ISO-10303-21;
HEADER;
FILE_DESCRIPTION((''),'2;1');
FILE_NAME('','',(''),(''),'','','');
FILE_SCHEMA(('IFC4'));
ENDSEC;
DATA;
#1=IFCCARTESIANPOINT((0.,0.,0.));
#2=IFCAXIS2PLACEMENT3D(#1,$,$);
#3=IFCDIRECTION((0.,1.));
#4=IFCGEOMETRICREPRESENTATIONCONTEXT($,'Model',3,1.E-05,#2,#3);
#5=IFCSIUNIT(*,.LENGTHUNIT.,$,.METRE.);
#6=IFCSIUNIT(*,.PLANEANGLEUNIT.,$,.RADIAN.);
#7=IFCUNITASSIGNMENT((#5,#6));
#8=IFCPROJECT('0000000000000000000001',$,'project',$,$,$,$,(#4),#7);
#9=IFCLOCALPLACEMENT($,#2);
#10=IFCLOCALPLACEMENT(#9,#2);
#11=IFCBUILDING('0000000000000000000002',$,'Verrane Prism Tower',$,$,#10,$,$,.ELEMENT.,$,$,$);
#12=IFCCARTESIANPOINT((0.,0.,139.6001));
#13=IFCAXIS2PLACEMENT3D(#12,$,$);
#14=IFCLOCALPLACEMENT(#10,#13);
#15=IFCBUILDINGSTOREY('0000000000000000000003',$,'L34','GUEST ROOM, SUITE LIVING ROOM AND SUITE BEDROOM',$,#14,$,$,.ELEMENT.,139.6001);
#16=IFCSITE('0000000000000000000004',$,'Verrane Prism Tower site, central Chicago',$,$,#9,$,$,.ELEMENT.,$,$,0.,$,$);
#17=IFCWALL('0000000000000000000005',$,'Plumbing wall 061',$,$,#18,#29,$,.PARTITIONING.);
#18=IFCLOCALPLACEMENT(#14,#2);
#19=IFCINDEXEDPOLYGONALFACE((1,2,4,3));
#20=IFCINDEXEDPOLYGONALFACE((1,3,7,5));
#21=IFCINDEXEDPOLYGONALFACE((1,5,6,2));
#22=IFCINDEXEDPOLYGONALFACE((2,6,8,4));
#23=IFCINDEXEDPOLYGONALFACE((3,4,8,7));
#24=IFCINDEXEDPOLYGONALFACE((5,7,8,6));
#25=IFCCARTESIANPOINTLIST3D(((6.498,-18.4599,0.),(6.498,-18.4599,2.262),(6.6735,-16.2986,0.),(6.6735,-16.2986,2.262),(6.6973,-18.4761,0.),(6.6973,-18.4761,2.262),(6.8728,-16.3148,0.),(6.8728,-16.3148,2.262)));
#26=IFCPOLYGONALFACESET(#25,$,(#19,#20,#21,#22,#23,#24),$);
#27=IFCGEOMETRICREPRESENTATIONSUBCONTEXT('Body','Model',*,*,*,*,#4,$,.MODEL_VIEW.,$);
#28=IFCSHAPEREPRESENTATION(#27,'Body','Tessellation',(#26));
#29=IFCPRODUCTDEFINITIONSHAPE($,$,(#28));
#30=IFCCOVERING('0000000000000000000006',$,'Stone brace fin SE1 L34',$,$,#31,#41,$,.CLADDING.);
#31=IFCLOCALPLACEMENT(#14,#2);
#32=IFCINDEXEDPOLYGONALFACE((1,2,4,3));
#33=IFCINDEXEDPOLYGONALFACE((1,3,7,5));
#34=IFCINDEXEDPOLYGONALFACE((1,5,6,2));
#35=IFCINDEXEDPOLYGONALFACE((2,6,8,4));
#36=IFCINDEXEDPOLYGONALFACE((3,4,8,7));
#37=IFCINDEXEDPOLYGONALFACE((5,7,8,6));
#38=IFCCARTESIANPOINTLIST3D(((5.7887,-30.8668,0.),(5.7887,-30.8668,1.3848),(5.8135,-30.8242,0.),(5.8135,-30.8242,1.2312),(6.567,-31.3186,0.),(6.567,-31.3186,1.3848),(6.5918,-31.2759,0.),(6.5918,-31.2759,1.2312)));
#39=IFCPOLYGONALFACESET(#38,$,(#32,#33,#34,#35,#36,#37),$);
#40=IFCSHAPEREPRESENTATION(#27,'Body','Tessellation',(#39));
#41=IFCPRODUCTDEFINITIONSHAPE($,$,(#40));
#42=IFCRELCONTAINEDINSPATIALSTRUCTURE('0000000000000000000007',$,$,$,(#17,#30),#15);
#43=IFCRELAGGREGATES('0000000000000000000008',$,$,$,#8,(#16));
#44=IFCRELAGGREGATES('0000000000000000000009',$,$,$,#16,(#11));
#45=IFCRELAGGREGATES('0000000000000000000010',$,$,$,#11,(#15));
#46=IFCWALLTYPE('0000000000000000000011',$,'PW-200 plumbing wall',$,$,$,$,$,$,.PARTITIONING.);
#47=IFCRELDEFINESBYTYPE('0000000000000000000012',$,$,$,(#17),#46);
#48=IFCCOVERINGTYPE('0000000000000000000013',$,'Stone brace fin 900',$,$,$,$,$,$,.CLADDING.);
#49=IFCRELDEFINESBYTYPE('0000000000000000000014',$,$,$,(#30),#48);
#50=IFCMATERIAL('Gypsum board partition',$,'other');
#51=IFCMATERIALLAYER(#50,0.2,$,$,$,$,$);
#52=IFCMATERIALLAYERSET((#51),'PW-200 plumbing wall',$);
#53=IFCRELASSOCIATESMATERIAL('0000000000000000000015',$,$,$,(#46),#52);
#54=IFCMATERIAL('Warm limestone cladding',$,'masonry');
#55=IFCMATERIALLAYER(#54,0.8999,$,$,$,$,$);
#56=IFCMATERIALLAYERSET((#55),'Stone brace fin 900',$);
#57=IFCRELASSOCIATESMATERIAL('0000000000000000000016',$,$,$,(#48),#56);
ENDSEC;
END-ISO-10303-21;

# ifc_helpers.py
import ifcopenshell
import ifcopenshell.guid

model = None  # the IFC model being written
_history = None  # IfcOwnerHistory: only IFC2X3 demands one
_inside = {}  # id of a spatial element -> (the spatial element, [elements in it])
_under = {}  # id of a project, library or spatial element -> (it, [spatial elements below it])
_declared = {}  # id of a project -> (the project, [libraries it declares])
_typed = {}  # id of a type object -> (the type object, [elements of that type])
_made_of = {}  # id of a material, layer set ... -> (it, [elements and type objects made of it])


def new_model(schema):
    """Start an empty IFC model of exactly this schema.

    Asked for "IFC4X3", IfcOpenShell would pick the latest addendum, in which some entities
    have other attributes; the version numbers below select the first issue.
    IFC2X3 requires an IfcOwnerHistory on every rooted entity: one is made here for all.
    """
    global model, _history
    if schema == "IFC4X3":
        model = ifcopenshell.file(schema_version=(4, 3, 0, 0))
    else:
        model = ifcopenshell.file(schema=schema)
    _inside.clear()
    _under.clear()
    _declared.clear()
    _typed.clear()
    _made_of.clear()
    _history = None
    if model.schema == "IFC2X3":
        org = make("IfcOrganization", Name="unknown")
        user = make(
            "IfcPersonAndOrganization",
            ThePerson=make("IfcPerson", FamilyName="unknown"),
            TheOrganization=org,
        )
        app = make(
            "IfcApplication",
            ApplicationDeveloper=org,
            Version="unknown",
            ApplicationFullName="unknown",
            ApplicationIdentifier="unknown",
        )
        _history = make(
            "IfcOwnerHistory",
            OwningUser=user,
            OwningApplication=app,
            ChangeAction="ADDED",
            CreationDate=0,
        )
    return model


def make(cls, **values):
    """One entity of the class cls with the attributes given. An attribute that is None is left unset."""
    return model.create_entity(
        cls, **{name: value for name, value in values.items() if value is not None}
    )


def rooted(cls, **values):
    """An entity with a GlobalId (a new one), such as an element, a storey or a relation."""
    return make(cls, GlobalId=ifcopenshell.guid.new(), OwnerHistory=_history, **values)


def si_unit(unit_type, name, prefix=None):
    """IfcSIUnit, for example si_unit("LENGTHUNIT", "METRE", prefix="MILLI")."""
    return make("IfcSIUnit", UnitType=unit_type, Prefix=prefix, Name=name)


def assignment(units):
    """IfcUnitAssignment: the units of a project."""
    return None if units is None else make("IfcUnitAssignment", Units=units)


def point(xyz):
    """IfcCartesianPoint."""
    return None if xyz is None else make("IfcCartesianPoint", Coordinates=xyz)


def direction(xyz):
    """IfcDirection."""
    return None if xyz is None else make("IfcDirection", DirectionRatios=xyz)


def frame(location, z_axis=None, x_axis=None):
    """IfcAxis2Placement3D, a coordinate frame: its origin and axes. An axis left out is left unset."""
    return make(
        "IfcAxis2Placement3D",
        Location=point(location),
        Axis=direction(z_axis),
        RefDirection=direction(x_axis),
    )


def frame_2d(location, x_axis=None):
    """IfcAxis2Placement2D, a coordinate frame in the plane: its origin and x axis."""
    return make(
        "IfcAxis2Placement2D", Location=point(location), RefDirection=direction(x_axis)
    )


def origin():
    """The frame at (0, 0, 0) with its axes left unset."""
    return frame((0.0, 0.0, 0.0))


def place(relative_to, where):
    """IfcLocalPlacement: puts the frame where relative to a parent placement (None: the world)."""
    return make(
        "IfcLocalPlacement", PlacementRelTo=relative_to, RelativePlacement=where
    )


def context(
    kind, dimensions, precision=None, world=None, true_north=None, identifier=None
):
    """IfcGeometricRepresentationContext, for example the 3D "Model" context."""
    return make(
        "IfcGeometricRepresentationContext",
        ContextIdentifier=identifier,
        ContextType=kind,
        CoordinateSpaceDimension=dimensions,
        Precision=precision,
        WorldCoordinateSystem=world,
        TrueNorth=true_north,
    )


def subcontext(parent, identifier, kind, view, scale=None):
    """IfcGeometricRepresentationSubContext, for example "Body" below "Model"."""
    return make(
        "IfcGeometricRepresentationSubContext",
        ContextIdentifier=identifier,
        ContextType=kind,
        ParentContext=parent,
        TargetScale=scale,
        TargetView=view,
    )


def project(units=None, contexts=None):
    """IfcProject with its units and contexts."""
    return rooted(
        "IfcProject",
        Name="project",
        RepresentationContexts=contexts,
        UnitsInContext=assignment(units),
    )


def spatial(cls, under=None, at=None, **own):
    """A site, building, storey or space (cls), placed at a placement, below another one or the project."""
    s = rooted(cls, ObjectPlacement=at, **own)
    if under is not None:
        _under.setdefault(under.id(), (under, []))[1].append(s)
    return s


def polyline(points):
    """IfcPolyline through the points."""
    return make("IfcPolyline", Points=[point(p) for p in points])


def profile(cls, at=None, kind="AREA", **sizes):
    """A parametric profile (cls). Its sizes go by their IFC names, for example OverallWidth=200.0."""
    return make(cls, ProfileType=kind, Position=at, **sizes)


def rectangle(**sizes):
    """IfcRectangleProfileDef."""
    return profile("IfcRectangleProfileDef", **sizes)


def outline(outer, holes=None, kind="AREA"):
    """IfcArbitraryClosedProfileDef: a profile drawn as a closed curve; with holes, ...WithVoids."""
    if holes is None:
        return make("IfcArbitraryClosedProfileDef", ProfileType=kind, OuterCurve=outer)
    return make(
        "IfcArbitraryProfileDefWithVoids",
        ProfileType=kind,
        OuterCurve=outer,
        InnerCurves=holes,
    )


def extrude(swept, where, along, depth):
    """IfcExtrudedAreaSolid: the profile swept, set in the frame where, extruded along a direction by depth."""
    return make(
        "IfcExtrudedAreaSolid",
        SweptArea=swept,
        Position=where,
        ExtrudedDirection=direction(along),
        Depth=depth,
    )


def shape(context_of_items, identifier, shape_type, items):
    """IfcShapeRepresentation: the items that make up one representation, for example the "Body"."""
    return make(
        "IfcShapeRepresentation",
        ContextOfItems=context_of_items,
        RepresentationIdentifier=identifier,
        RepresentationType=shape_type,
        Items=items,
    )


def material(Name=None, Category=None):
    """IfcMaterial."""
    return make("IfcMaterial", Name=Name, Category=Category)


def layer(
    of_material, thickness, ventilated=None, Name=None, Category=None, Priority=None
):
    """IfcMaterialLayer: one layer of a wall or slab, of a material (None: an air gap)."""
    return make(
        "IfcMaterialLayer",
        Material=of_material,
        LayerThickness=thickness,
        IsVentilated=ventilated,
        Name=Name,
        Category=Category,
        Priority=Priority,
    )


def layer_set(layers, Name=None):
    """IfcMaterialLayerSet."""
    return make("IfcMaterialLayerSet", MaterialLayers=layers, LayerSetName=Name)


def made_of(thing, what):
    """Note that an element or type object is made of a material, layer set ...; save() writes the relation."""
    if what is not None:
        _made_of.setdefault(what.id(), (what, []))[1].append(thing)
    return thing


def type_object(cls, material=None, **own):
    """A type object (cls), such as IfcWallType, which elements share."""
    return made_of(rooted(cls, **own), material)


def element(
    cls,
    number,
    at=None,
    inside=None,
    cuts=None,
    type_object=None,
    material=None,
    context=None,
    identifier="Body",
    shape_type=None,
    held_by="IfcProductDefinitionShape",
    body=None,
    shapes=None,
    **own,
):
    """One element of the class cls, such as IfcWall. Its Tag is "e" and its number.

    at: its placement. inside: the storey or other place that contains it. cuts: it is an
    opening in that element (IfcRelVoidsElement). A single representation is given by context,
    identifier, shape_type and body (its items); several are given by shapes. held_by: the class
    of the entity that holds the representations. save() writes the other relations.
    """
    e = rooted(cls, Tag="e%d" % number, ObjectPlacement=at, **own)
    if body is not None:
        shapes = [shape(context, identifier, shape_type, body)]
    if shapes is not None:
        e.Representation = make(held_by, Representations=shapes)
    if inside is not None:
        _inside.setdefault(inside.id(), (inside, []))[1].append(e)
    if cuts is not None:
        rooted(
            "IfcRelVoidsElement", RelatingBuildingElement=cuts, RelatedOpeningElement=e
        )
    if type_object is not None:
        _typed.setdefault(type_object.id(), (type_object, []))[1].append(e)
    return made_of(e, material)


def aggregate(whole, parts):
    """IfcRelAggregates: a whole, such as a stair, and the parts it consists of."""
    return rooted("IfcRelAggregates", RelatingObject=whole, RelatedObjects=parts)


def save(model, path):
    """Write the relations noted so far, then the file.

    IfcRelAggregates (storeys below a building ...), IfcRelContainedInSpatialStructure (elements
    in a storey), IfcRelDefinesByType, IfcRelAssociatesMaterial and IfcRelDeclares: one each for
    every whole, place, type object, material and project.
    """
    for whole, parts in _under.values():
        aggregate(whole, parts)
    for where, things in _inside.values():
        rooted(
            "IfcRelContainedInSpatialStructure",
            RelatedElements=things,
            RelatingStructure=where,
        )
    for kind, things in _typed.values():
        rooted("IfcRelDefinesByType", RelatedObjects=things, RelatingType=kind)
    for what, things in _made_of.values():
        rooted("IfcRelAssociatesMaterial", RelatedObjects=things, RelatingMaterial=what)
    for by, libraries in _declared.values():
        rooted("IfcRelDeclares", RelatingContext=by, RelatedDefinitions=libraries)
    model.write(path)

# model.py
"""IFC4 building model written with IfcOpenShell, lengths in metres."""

from ifc_helpers import new_model, si_unit, direction, frame, frame_2d, origin, place, context, subcontext, project, spatial, polyline, rectangle, outline, extrude, material, layer, layer_set, type_object, element, save


model = new_model("IFC4")

# Units and contexts
model_context = context("Model", 3, precision=1e-05, world=origin(), true_north=direction((0.0, 1.0)))
body_context = subcontext(model_context, "Body", "Model", "MODEL_VIEW")
ifc_project = project(units=[si_unit("LENGTHUNIT", "METRE"), si_unit("PLANEANGLEUNIT", "RADIAN")], contexts=[model_context])

# Site, building, storey
site_placement = place(None, origin())
site = spatial("IfcSite", under=ifc_project, at=site_placement, Name="Verrane Prism Tower site, central Chicago", CompositionType="ELEMENT", RefElevation=0.0)
building_placement = place(site_placement, origin())
building = spatial("IfcBuilding", under=site, at=building_placement, Name="Verrane Prism Tower", CompositionType="ELEMENT")
storey_placement = place(building_placement, frame((0.0, 0.0, 139.6001)))
storey = spatial("IfcBuildingStorey", under=building, at=storey_placement, Name="L34", Description="GUEST ROOM, SUITE LIVING ROOM AND SUITE BEDROOM", CompositionType="ELEMENT", Elevation=139.6001)

# Shared definitions
ifc_material_1 = material(Name="Gypsum board partition", Category="other")
ifc_layer_1 = layer(ifc_material_1, 0.2)
ifc_layer_set_1 = layer_set([ifc_layer_1], Name="PW-200 plumbing wall")
wall_type_1 = type_object("IfcWallType", Name="PW-200 plumbing wall", PredefinedType="PARTITIONING", material=ifc_layer_set_1)

# Wall
wall_1_placement = place(storey_placement, frame((6.5977, -18.468, 0.0), z_axis=(0.0, 0.0, 1.0), x_axis=(0.080949, 0.996718, 0.0)))
element("IfcWall", 1, at=wall_1_placement, inside=storey, type_object=wall_type_1, Name="Plumbing wall 061", PredefinedType="PARTITIONING", context=body_context, shape_type="SweptSolid", body=[
    extrude(rectangle(XDim=2.1685, YDim=0.2, at=frame_2d((1.0842, 0.0))), origin(), (0.0, 0.0, 1.0), 2.262),
])

# Covering
ifc_material_2 = material(Name="Warm limestone cladding", Category="masonry")
ifc_layer_2 = layer(ifc_material_2, 0.8999)
ifc_layer_set_2 = layer_set([ifc_layer_2], Name="Stone brace fin 900")
covering_type = type_object("IfcCoveringType", Name="Stone brace fin 900", PredefinedType="CLADDING", material=ifc_layer_set_2)
covering_placement = place(storey_placement, frame((6.2026, -31.05, 0.0), z_axis=(0.0, 0.0, 1.0), x_axis=(-0.502016, -0.864859, 0.0)))
element("IfcCovering", 2, at=covering_placement, inside=storey, type_object=covering_type, Name="Stone brace fin SE1 L34", PredefinedType="CLADDING", context=body_context, shape_type="SweptSolid", body=[
    extrude(outline(polyline([(0.0, 0.0), (0.0493, 0.0), (0.0493, 1.3848), (0.0, 1.2312), (0.0, 0.0)])), frame((0.0, 0.45, 0.0), z_axis=(0.0, -1.0, 0.0), x_axis=(1.0, 0.0, 0.0)), (0.0, 0.0, 1.0), 0.8999),
])

save(model, "model.ifc")
